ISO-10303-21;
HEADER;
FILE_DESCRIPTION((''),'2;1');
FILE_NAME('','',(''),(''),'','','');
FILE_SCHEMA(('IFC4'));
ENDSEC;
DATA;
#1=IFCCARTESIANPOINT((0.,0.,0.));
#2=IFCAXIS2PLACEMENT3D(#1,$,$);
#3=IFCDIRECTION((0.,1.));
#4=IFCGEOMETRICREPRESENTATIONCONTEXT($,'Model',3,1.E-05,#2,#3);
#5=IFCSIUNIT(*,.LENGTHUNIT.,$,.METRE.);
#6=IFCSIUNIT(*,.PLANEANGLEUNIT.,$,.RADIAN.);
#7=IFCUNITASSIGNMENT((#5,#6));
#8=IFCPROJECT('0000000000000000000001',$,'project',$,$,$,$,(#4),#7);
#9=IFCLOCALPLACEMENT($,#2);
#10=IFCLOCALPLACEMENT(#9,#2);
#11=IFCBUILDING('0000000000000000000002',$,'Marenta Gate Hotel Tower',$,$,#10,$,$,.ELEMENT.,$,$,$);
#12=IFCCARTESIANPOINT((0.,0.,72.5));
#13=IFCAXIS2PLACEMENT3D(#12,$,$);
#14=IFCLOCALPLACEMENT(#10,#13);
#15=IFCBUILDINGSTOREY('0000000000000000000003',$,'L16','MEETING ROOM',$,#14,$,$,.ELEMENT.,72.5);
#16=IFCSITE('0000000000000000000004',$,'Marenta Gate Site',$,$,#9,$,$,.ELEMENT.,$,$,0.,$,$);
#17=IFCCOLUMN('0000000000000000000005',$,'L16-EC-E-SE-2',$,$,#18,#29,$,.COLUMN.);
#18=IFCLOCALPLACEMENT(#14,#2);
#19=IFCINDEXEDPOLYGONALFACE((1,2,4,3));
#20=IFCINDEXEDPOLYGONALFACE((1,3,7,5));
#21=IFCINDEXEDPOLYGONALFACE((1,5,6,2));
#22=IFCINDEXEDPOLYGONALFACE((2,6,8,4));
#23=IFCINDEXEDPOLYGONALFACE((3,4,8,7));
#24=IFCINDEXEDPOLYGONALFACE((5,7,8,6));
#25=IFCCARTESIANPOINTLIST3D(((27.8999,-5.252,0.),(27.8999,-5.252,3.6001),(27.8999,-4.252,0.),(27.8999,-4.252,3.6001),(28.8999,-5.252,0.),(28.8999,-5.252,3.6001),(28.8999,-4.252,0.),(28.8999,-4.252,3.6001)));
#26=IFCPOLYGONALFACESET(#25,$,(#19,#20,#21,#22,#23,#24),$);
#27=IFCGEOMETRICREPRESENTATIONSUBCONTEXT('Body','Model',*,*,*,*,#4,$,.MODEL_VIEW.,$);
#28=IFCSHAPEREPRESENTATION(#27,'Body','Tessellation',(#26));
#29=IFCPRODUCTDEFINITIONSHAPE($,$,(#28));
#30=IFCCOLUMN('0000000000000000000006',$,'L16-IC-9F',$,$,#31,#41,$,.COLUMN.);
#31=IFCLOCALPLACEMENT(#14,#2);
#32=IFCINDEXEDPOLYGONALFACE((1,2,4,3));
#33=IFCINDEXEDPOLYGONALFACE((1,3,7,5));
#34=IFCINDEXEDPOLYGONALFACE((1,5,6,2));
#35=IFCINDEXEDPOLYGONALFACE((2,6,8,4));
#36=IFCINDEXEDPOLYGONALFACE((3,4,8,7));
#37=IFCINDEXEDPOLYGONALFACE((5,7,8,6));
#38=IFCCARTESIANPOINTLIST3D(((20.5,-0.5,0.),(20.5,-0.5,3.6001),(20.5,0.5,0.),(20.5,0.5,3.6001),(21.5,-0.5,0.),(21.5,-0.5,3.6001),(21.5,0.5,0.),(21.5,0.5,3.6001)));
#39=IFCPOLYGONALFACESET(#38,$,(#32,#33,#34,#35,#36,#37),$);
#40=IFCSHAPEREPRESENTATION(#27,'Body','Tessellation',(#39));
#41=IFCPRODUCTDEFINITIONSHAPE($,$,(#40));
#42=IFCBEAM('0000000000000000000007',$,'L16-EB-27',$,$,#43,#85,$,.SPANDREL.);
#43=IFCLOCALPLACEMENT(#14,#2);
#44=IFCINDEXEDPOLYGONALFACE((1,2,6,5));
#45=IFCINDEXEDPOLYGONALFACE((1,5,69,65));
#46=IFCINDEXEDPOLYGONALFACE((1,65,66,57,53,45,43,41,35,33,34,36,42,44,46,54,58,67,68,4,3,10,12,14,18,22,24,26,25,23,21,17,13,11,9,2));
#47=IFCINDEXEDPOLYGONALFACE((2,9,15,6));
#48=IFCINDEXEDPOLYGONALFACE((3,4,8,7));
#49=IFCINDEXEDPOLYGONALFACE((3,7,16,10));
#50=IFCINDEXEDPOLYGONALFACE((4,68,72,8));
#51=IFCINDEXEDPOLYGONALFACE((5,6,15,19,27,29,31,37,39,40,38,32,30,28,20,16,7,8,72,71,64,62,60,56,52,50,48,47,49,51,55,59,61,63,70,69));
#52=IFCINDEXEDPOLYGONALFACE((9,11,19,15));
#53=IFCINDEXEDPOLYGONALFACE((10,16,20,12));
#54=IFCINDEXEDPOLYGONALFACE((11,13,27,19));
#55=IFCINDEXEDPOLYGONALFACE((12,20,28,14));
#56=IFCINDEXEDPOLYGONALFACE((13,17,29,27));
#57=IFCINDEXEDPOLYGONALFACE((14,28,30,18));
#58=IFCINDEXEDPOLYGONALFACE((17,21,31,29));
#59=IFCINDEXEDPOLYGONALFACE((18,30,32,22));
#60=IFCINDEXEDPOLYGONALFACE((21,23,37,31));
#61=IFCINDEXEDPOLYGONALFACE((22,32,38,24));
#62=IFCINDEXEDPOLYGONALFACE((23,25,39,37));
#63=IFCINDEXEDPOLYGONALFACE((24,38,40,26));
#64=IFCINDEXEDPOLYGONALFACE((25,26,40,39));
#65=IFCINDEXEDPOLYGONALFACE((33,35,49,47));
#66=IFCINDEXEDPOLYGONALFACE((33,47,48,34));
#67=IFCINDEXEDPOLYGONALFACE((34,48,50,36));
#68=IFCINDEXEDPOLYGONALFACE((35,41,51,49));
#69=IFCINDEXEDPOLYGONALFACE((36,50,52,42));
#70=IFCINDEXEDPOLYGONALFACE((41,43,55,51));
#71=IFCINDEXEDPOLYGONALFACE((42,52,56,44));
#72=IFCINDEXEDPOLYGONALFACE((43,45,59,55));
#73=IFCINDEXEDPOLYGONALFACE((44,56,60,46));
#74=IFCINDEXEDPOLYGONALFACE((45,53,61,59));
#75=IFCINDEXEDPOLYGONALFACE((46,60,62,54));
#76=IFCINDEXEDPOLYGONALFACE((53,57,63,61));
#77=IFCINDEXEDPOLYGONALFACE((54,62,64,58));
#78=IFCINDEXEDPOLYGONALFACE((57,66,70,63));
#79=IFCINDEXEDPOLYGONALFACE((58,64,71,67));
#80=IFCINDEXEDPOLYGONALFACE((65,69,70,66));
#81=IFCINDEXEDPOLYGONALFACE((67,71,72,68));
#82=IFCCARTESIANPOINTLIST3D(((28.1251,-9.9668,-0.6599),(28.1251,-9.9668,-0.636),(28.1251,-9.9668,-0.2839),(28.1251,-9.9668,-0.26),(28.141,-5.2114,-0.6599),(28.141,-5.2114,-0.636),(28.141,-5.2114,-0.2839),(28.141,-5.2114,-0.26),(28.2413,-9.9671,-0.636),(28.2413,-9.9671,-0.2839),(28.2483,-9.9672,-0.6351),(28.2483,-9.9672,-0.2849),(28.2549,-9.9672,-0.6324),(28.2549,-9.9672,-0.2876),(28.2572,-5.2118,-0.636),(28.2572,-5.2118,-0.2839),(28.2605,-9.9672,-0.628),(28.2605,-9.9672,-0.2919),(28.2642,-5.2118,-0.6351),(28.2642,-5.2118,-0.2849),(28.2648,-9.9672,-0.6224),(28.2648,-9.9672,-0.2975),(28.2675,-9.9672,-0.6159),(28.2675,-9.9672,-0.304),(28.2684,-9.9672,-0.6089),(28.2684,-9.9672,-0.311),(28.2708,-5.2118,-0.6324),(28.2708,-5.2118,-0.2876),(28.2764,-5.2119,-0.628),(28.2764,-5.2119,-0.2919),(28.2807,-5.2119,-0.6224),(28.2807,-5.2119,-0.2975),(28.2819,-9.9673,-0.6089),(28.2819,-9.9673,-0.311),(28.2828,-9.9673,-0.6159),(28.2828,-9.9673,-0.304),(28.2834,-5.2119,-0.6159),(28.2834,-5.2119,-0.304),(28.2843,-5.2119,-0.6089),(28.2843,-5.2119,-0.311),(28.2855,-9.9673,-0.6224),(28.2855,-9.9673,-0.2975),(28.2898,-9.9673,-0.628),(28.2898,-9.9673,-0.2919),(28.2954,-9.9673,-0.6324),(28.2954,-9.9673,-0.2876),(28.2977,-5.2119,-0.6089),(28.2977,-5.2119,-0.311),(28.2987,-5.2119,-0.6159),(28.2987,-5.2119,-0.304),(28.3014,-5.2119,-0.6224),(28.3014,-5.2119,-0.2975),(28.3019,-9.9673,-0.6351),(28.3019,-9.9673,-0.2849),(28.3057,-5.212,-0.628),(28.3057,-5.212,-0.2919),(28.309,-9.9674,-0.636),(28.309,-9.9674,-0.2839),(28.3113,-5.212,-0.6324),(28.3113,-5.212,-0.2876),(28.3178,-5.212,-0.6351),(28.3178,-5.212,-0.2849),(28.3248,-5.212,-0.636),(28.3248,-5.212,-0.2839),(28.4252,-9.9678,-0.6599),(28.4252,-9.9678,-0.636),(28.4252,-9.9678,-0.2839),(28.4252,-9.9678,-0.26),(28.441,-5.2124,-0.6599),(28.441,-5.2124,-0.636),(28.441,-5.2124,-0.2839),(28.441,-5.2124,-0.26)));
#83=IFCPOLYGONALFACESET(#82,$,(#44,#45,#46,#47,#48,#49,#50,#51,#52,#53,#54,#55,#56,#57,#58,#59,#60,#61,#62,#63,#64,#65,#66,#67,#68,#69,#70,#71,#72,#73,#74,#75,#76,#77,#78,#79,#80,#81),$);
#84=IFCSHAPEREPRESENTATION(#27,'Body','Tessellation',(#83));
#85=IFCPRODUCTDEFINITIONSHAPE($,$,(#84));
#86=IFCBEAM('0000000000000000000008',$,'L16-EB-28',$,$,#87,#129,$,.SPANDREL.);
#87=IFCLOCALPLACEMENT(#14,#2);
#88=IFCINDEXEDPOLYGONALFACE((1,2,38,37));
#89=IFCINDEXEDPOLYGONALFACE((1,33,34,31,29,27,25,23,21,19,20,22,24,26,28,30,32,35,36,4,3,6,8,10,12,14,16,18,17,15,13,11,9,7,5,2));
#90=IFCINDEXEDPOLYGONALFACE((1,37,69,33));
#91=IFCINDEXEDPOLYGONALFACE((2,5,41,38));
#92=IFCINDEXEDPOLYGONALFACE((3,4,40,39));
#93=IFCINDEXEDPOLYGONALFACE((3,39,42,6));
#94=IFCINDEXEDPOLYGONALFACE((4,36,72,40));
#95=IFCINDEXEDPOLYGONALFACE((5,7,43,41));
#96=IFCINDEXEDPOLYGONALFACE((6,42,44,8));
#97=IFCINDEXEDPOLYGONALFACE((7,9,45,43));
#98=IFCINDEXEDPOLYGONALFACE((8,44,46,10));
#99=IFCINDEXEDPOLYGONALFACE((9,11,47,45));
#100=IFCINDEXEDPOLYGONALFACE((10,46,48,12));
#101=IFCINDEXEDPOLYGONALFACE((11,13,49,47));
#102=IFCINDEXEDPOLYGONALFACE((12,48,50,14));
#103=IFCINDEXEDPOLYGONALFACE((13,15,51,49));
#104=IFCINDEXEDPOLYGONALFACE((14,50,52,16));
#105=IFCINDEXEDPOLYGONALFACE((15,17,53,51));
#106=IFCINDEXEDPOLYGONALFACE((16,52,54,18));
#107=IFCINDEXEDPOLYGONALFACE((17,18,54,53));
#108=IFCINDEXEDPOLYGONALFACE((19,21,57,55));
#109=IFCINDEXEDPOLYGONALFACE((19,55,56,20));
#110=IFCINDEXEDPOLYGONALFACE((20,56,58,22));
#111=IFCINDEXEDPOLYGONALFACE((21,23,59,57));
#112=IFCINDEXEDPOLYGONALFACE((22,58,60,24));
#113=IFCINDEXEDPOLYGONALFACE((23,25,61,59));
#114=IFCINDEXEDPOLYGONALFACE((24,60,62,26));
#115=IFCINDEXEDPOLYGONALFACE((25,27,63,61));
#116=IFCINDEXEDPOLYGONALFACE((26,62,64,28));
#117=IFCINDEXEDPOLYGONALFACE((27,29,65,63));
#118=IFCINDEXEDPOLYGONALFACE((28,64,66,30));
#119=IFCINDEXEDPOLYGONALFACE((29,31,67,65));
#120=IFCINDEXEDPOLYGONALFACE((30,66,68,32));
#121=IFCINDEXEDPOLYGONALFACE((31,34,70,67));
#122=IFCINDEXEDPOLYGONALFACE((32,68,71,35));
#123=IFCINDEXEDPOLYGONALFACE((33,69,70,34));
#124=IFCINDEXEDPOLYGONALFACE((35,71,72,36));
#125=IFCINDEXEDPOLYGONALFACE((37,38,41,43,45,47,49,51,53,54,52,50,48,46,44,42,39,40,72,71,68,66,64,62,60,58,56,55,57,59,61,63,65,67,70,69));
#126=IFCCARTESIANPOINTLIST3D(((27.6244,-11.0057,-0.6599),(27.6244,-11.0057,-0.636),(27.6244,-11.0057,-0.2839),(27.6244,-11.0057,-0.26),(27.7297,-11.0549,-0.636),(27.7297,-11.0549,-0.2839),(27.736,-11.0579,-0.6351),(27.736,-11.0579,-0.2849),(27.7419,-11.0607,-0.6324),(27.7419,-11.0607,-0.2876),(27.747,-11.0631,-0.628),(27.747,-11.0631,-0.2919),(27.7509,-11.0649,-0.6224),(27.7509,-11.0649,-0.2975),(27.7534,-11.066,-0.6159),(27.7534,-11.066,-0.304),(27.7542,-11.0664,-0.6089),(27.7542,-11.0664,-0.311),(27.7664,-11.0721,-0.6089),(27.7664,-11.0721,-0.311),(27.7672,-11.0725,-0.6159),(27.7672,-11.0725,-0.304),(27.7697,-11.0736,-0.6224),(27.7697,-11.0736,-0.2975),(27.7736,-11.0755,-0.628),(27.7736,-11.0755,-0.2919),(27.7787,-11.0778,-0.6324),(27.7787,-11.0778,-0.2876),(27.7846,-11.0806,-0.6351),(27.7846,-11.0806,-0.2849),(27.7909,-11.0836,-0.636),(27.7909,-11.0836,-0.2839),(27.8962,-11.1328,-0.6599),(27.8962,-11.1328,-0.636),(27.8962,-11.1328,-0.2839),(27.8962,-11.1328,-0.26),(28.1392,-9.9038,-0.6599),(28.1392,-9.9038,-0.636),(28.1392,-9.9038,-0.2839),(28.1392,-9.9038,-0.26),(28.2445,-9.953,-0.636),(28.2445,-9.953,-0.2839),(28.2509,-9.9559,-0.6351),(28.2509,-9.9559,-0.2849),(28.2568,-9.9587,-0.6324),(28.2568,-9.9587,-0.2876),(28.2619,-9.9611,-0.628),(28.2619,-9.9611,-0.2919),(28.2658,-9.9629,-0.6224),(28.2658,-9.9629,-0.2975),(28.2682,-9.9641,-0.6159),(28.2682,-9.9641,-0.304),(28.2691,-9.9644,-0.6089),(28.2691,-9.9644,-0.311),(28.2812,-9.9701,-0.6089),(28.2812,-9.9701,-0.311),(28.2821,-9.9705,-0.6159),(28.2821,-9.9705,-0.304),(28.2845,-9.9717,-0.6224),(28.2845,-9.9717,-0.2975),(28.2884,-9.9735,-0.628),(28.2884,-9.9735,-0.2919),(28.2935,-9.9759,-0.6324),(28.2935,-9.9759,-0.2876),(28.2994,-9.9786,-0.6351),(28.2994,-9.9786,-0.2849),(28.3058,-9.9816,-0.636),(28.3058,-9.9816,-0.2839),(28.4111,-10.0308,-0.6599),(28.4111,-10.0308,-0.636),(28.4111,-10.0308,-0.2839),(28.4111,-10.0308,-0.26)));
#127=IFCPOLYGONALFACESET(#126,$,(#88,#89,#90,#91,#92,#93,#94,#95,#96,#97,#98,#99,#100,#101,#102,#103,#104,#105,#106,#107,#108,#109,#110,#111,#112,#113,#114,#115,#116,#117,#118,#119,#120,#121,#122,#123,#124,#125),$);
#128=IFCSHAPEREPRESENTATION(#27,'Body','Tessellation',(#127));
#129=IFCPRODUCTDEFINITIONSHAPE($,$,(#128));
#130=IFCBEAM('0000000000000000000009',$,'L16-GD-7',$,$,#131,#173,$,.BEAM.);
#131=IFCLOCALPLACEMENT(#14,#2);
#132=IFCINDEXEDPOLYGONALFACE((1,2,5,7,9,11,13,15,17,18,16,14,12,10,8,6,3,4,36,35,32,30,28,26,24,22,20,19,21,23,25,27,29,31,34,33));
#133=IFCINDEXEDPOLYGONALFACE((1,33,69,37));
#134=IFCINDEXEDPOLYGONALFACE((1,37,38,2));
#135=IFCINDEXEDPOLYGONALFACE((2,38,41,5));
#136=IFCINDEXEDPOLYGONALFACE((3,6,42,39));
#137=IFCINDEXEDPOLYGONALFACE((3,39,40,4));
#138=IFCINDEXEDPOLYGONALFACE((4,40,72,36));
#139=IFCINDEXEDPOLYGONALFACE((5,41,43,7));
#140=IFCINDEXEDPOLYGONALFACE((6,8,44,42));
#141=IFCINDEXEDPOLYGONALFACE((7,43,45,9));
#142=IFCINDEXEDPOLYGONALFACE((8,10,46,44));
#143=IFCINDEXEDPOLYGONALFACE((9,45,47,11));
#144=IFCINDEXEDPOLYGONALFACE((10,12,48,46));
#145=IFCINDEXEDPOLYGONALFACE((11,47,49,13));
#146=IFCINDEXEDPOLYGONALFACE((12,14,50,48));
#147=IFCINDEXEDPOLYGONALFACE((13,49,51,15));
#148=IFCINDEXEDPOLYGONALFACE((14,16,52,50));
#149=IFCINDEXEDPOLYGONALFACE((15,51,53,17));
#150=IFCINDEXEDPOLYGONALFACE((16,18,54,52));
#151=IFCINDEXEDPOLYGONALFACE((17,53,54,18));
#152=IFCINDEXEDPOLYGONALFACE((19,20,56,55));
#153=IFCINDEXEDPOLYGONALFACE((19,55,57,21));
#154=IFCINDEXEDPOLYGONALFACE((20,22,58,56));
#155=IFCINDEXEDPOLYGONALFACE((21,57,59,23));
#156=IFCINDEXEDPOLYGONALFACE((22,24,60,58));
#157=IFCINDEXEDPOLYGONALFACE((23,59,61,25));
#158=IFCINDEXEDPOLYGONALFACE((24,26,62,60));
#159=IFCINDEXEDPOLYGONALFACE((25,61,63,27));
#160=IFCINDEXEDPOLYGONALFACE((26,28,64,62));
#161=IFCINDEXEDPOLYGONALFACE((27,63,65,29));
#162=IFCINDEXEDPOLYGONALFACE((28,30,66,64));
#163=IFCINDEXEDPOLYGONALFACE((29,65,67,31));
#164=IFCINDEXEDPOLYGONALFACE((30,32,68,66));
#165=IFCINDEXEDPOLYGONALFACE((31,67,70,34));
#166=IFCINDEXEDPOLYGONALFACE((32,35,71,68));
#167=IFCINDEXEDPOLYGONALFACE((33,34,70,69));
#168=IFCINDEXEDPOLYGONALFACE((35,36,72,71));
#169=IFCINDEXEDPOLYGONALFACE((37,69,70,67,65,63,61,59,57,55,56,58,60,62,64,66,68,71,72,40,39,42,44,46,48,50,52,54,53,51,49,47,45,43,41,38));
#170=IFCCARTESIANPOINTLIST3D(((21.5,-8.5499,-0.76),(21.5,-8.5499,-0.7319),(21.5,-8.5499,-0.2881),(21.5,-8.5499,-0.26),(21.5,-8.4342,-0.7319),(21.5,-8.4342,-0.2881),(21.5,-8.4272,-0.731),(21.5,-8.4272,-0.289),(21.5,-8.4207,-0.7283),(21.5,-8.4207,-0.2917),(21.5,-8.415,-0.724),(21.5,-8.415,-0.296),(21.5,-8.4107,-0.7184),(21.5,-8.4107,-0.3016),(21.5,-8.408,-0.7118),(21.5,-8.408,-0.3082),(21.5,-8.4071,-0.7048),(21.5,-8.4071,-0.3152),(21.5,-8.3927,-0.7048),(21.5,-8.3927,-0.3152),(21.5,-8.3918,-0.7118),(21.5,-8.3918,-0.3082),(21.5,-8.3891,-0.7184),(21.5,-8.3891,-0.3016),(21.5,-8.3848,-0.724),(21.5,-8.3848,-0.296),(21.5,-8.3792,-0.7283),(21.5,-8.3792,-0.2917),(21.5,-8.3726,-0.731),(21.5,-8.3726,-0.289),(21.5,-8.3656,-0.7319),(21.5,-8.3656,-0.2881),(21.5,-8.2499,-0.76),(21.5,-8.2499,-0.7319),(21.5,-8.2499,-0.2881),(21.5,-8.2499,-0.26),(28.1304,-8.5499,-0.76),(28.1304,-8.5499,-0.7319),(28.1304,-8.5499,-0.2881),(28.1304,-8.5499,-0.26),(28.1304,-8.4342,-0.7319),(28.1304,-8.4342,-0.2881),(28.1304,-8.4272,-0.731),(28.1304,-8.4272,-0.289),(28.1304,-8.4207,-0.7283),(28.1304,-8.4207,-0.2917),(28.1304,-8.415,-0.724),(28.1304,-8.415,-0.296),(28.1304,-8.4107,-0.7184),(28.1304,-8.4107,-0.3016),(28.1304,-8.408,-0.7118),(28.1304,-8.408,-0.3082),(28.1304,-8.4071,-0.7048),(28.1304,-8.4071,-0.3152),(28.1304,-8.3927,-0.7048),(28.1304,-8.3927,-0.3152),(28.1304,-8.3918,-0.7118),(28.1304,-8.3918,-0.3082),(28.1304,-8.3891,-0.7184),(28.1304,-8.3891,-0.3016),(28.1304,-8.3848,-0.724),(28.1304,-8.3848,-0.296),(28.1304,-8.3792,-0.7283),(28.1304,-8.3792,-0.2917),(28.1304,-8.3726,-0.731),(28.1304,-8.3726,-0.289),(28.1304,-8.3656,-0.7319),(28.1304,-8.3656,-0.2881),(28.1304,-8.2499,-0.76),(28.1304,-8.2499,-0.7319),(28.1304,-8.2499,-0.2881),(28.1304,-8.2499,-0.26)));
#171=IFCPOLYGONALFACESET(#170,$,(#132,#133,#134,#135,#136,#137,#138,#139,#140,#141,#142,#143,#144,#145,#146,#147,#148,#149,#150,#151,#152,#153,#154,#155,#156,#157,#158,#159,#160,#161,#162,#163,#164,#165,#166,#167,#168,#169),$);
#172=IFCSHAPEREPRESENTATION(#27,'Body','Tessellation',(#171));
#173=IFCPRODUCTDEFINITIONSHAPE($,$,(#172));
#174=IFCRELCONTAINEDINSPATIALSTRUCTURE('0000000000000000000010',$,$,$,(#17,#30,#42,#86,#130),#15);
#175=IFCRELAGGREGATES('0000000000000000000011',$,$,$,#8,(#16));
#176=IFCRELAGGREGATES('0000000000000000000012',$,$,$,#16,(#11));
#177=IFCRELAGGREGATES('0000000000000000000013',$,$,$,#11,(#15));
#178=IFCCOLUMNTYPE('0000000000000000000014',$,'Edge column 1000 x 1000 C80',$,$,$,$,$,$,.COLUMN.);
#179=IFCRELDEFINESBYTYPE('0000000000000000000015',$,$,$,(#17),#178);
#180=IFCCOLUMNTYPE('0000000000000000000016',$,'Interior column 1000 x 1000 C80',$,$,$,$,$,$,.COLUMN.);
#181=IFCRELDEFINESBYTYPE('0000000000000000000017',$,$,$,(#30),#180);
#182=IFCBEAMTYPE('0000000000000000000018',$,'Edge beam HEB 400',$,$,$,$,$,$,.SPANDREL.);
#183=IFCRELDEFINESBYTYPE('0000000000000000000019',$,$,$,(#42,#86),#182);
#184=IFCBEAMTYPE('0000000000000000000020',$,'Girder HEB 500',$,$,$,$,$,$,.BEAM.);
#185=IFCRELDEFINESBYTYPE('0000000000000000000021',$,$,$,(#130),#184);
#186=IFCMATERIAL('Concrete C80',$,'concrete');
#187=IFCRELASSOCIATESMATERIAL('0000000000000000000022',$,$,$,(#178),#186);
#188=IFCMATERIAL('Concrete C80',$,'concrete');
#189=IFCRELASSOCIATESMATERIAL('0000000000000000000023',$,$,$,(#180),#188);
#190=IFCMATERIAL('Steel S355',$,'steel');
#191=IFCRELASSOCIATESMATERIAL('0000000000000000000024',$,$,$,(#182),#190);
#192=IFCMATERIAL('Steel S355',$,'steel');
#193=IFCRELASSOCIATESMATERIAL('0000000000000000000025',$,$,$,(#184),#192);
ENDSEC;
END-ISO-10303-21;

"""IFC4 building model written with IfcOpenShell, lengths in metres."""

from ifc_helpers import new_model, si_unit, direction, frame, origin, origin_2d, place, context, subcontext, project, spatial, rectangle, i_section, extrude, material, material_profile, profile_set, type_object, element, save


model = new_model("IFC4")

# Units and contexts
model_context = context("Model", 3, precision=1e-05, world=origin(), true_north=direction((0.0, 1.0)))
body_context = subcontext(model_context, "Body", "Model", "MODEL_VIEW")
ifc_project = project(units=[si_unit("LENGTHUNIT", "METRE"), si_unit("PLANEANGLEUNIT", "RADIAN")], contexts=[model_context])

# Site, building, storey
site_placement = place(None, origin())
site = spatial("IfcSite", under=ifc_project, at=site_placement, Name="Marenta Gate Site", CompositionType="ELEMENT", RefElevation=0.0)
building_placement = place(site_placement, origin())
building = spatial("IfcBuilding", under=site, at=building_placement, Name="Marenta Gate Hotel Tower", CompositionType="ELEMENT")
storey_placement = place(building_placement, frame((0.0, 0.0, 72.5)))
storey = spatial("IfcBuildingStorey", under=building, at=storey_placement, Name="L16", Description="MEETING ROOM", CompositionType="ELEMENT", Elevation=72.5)

# Columns
ifc_material_1 = material(Name="Concrete C80", Category="concrete")
ifc_material_profile_1 = material_profile(ifc_material_1, rectangle(XDim=1.0, YDim=1.0, at=origin_2d()), Name="1000 x 1000")
ifc_profile_set_1 = profile_set([ifc_material_profile_1], Name="Concrete C80")
column_type_1 = type_object("IfcColumnType", Name="Edge column 1000 x 1000 C80", PredefinedType="COLUMN", material=ifc_profile_set_1)
column_1_placement = place(storey_placement, frame((28.3999, -4.752, 0.0), z_axis=(0.0, 0.0, 1.0), x_axis=(1.0, 0.0, 0.0)))
element("IfcColumn", 1, at=column_1_placement, inside=storey, type_object=column_type_1, Name="L16-EC-E-SE-2", PredefinedType="COLUMN", context=body_context, shape_type="SweptSolid", body=[
    extrude(rectangle(XDim=1.0, YDim=1.0, at=origin_2d()), origin(), (0.0, 0.0, 1.0), 3.6001),
])
ifc_material_2 = material(Name="Concrete C80", Category="concrete")
ifc_material_profile_2 = material_profile(ifc_material_2, rectangle(XDim=1.0, YDim=1.0, at=origin_2d()), Name="1000 x 1000")
ifc_profile_set_2 = profile_set([ifc_material_profile_2], Name="Concrete C80")
column_type_2 = type_object("IfcColumnType", Name="Interior column 1000 x 1000 C80", PredefinedType="COLUMN", material=ifc_profile_set_2)
column_2_placement = place(storey_placement, frame((21.0, 0.0, 0.0), z_axis=(0.0, 0.0, 1.0), x_axis=(1.0, 0.0, 0.0)))
element("IfcColumn", 2, at=column_2_placement, inside=storey, type_object=column_type_2, Name="L16-IC-9F", PredefinedType="COLUMN", context=body_context, shape_type="SweptSolid", body=[
    extrude(rectangle(XDim=1.0, YDim=1.0, at=origin_2d()), origin(), (0.0, 0.0, 1.0), 3.6001),
])

# Beams
ifc_material_3 = material(Name="Steel S355", Category="steel")
ifc_material_profile_3 = material_profile(ifc_material_3, i_section(OverallWidth=0.3, OverallDepth=0.3999, WebThickness=0.0134, FlangeThickness=0.0239, FilletRadius=0.0271, at=origin_2d()), Name="HEB 400")
ifc_profile_set_3 = profile_set([ifc_material_profile_3], Name="Steel S355")
beam_type_1 = type_object("IfcBeamType", Name="Edge beam HEB 400", PredefinedType="SPANDREL", material=ifc_profile_set_3)
beam_1_placement = place(storey_placement, frame((28.291, -5.2119, -0.46), z_axis=(-0.003337, -0.999994, 0.0), x_axis=(0.999994, -0.003337, 0.0)))
element("IfcBeam", 3, at=beam_1_placement, inside=storey, type_object=beam_type_1, Name="L16-EB-27", PredefinedType="SPANDREL", context=body_context, shape_type="SweptSolid", body=[
    extrude(i_section(OverallWidth=0.3, OverallDepth=0.3999, WebThickness=0.0134, FlangeThickness=0.0239, FilletRadius=0.0271, at=origin_2d()), origin(), (0.0, 0.0, 1.0), 4.7554),
])
beam_2_placement = place(storey_placement, frame((28.2751, -9.9673, -0.46), z_axis=(-0.423292, -0.905993, 0.0), x_axis=(0.905993, -0.423292, 0.0)))
element("IfcBeam", 4, at=beam_2_placement, inside=storey, type_object=beam_type_1, Name="L16-EB-28", PredefinedType="SPANDREL", context=body_context, shape_type="SweptSolid", body=[
    extrude(i_section(OverallWidth=0.3, OverallDepth=0.3999, WebThickness=0.0134, FlangeThickness=0.0239, FilletRadius=0.0271, at=origin_2d()), origin(), (0.0, 0.0, 1.0), 1.2163),
])
ifc_material_4 = material(Name="Steel S355", Category="steel")
ifc_material_profile_4 = material_profile(ifc_material_4, i_section(OverallWidth=0.3, OverallDepth=0.5, WebThickness=0.0144, FlangeThickness=0.0281, FilletRadius=0.0271, at=origin_2d()), Name="HEB 500")
ifc_profile_set_4 = profile_set([ifc_material_profile_4], Name="Steel S355")
beam_type_2 = type_object("IfcBeamType", Name="Girder HEB 500", PredefinedType="BEAM", material=ifc_profile_set_4)
beam_3_placement = place(storey_placement, frame((21.5, -8.3999, -0.51), z_axis=(1.0, 0.0, 0.0), x_axis=(0.0, 1.0, 0.0)))
element("IfcBeam", 5, at=beam_3_placement, inside=storey, type_object=beam_type_2, Name="L16-GD-7", PredefinedType="BEAM", context=body_context, shape_type="SweptSolid", body=[
    extrude(i_section(OverallWidth=0.3, OverallDepth=0.5, WebThickness=0.0144, FlangeThickness=0.0281, FilletRadius=0.0271, at=origin_2d()), origin(), (0.0, 0.0, 1.0), 6.6304),
])

save(model, "model.ifc")
